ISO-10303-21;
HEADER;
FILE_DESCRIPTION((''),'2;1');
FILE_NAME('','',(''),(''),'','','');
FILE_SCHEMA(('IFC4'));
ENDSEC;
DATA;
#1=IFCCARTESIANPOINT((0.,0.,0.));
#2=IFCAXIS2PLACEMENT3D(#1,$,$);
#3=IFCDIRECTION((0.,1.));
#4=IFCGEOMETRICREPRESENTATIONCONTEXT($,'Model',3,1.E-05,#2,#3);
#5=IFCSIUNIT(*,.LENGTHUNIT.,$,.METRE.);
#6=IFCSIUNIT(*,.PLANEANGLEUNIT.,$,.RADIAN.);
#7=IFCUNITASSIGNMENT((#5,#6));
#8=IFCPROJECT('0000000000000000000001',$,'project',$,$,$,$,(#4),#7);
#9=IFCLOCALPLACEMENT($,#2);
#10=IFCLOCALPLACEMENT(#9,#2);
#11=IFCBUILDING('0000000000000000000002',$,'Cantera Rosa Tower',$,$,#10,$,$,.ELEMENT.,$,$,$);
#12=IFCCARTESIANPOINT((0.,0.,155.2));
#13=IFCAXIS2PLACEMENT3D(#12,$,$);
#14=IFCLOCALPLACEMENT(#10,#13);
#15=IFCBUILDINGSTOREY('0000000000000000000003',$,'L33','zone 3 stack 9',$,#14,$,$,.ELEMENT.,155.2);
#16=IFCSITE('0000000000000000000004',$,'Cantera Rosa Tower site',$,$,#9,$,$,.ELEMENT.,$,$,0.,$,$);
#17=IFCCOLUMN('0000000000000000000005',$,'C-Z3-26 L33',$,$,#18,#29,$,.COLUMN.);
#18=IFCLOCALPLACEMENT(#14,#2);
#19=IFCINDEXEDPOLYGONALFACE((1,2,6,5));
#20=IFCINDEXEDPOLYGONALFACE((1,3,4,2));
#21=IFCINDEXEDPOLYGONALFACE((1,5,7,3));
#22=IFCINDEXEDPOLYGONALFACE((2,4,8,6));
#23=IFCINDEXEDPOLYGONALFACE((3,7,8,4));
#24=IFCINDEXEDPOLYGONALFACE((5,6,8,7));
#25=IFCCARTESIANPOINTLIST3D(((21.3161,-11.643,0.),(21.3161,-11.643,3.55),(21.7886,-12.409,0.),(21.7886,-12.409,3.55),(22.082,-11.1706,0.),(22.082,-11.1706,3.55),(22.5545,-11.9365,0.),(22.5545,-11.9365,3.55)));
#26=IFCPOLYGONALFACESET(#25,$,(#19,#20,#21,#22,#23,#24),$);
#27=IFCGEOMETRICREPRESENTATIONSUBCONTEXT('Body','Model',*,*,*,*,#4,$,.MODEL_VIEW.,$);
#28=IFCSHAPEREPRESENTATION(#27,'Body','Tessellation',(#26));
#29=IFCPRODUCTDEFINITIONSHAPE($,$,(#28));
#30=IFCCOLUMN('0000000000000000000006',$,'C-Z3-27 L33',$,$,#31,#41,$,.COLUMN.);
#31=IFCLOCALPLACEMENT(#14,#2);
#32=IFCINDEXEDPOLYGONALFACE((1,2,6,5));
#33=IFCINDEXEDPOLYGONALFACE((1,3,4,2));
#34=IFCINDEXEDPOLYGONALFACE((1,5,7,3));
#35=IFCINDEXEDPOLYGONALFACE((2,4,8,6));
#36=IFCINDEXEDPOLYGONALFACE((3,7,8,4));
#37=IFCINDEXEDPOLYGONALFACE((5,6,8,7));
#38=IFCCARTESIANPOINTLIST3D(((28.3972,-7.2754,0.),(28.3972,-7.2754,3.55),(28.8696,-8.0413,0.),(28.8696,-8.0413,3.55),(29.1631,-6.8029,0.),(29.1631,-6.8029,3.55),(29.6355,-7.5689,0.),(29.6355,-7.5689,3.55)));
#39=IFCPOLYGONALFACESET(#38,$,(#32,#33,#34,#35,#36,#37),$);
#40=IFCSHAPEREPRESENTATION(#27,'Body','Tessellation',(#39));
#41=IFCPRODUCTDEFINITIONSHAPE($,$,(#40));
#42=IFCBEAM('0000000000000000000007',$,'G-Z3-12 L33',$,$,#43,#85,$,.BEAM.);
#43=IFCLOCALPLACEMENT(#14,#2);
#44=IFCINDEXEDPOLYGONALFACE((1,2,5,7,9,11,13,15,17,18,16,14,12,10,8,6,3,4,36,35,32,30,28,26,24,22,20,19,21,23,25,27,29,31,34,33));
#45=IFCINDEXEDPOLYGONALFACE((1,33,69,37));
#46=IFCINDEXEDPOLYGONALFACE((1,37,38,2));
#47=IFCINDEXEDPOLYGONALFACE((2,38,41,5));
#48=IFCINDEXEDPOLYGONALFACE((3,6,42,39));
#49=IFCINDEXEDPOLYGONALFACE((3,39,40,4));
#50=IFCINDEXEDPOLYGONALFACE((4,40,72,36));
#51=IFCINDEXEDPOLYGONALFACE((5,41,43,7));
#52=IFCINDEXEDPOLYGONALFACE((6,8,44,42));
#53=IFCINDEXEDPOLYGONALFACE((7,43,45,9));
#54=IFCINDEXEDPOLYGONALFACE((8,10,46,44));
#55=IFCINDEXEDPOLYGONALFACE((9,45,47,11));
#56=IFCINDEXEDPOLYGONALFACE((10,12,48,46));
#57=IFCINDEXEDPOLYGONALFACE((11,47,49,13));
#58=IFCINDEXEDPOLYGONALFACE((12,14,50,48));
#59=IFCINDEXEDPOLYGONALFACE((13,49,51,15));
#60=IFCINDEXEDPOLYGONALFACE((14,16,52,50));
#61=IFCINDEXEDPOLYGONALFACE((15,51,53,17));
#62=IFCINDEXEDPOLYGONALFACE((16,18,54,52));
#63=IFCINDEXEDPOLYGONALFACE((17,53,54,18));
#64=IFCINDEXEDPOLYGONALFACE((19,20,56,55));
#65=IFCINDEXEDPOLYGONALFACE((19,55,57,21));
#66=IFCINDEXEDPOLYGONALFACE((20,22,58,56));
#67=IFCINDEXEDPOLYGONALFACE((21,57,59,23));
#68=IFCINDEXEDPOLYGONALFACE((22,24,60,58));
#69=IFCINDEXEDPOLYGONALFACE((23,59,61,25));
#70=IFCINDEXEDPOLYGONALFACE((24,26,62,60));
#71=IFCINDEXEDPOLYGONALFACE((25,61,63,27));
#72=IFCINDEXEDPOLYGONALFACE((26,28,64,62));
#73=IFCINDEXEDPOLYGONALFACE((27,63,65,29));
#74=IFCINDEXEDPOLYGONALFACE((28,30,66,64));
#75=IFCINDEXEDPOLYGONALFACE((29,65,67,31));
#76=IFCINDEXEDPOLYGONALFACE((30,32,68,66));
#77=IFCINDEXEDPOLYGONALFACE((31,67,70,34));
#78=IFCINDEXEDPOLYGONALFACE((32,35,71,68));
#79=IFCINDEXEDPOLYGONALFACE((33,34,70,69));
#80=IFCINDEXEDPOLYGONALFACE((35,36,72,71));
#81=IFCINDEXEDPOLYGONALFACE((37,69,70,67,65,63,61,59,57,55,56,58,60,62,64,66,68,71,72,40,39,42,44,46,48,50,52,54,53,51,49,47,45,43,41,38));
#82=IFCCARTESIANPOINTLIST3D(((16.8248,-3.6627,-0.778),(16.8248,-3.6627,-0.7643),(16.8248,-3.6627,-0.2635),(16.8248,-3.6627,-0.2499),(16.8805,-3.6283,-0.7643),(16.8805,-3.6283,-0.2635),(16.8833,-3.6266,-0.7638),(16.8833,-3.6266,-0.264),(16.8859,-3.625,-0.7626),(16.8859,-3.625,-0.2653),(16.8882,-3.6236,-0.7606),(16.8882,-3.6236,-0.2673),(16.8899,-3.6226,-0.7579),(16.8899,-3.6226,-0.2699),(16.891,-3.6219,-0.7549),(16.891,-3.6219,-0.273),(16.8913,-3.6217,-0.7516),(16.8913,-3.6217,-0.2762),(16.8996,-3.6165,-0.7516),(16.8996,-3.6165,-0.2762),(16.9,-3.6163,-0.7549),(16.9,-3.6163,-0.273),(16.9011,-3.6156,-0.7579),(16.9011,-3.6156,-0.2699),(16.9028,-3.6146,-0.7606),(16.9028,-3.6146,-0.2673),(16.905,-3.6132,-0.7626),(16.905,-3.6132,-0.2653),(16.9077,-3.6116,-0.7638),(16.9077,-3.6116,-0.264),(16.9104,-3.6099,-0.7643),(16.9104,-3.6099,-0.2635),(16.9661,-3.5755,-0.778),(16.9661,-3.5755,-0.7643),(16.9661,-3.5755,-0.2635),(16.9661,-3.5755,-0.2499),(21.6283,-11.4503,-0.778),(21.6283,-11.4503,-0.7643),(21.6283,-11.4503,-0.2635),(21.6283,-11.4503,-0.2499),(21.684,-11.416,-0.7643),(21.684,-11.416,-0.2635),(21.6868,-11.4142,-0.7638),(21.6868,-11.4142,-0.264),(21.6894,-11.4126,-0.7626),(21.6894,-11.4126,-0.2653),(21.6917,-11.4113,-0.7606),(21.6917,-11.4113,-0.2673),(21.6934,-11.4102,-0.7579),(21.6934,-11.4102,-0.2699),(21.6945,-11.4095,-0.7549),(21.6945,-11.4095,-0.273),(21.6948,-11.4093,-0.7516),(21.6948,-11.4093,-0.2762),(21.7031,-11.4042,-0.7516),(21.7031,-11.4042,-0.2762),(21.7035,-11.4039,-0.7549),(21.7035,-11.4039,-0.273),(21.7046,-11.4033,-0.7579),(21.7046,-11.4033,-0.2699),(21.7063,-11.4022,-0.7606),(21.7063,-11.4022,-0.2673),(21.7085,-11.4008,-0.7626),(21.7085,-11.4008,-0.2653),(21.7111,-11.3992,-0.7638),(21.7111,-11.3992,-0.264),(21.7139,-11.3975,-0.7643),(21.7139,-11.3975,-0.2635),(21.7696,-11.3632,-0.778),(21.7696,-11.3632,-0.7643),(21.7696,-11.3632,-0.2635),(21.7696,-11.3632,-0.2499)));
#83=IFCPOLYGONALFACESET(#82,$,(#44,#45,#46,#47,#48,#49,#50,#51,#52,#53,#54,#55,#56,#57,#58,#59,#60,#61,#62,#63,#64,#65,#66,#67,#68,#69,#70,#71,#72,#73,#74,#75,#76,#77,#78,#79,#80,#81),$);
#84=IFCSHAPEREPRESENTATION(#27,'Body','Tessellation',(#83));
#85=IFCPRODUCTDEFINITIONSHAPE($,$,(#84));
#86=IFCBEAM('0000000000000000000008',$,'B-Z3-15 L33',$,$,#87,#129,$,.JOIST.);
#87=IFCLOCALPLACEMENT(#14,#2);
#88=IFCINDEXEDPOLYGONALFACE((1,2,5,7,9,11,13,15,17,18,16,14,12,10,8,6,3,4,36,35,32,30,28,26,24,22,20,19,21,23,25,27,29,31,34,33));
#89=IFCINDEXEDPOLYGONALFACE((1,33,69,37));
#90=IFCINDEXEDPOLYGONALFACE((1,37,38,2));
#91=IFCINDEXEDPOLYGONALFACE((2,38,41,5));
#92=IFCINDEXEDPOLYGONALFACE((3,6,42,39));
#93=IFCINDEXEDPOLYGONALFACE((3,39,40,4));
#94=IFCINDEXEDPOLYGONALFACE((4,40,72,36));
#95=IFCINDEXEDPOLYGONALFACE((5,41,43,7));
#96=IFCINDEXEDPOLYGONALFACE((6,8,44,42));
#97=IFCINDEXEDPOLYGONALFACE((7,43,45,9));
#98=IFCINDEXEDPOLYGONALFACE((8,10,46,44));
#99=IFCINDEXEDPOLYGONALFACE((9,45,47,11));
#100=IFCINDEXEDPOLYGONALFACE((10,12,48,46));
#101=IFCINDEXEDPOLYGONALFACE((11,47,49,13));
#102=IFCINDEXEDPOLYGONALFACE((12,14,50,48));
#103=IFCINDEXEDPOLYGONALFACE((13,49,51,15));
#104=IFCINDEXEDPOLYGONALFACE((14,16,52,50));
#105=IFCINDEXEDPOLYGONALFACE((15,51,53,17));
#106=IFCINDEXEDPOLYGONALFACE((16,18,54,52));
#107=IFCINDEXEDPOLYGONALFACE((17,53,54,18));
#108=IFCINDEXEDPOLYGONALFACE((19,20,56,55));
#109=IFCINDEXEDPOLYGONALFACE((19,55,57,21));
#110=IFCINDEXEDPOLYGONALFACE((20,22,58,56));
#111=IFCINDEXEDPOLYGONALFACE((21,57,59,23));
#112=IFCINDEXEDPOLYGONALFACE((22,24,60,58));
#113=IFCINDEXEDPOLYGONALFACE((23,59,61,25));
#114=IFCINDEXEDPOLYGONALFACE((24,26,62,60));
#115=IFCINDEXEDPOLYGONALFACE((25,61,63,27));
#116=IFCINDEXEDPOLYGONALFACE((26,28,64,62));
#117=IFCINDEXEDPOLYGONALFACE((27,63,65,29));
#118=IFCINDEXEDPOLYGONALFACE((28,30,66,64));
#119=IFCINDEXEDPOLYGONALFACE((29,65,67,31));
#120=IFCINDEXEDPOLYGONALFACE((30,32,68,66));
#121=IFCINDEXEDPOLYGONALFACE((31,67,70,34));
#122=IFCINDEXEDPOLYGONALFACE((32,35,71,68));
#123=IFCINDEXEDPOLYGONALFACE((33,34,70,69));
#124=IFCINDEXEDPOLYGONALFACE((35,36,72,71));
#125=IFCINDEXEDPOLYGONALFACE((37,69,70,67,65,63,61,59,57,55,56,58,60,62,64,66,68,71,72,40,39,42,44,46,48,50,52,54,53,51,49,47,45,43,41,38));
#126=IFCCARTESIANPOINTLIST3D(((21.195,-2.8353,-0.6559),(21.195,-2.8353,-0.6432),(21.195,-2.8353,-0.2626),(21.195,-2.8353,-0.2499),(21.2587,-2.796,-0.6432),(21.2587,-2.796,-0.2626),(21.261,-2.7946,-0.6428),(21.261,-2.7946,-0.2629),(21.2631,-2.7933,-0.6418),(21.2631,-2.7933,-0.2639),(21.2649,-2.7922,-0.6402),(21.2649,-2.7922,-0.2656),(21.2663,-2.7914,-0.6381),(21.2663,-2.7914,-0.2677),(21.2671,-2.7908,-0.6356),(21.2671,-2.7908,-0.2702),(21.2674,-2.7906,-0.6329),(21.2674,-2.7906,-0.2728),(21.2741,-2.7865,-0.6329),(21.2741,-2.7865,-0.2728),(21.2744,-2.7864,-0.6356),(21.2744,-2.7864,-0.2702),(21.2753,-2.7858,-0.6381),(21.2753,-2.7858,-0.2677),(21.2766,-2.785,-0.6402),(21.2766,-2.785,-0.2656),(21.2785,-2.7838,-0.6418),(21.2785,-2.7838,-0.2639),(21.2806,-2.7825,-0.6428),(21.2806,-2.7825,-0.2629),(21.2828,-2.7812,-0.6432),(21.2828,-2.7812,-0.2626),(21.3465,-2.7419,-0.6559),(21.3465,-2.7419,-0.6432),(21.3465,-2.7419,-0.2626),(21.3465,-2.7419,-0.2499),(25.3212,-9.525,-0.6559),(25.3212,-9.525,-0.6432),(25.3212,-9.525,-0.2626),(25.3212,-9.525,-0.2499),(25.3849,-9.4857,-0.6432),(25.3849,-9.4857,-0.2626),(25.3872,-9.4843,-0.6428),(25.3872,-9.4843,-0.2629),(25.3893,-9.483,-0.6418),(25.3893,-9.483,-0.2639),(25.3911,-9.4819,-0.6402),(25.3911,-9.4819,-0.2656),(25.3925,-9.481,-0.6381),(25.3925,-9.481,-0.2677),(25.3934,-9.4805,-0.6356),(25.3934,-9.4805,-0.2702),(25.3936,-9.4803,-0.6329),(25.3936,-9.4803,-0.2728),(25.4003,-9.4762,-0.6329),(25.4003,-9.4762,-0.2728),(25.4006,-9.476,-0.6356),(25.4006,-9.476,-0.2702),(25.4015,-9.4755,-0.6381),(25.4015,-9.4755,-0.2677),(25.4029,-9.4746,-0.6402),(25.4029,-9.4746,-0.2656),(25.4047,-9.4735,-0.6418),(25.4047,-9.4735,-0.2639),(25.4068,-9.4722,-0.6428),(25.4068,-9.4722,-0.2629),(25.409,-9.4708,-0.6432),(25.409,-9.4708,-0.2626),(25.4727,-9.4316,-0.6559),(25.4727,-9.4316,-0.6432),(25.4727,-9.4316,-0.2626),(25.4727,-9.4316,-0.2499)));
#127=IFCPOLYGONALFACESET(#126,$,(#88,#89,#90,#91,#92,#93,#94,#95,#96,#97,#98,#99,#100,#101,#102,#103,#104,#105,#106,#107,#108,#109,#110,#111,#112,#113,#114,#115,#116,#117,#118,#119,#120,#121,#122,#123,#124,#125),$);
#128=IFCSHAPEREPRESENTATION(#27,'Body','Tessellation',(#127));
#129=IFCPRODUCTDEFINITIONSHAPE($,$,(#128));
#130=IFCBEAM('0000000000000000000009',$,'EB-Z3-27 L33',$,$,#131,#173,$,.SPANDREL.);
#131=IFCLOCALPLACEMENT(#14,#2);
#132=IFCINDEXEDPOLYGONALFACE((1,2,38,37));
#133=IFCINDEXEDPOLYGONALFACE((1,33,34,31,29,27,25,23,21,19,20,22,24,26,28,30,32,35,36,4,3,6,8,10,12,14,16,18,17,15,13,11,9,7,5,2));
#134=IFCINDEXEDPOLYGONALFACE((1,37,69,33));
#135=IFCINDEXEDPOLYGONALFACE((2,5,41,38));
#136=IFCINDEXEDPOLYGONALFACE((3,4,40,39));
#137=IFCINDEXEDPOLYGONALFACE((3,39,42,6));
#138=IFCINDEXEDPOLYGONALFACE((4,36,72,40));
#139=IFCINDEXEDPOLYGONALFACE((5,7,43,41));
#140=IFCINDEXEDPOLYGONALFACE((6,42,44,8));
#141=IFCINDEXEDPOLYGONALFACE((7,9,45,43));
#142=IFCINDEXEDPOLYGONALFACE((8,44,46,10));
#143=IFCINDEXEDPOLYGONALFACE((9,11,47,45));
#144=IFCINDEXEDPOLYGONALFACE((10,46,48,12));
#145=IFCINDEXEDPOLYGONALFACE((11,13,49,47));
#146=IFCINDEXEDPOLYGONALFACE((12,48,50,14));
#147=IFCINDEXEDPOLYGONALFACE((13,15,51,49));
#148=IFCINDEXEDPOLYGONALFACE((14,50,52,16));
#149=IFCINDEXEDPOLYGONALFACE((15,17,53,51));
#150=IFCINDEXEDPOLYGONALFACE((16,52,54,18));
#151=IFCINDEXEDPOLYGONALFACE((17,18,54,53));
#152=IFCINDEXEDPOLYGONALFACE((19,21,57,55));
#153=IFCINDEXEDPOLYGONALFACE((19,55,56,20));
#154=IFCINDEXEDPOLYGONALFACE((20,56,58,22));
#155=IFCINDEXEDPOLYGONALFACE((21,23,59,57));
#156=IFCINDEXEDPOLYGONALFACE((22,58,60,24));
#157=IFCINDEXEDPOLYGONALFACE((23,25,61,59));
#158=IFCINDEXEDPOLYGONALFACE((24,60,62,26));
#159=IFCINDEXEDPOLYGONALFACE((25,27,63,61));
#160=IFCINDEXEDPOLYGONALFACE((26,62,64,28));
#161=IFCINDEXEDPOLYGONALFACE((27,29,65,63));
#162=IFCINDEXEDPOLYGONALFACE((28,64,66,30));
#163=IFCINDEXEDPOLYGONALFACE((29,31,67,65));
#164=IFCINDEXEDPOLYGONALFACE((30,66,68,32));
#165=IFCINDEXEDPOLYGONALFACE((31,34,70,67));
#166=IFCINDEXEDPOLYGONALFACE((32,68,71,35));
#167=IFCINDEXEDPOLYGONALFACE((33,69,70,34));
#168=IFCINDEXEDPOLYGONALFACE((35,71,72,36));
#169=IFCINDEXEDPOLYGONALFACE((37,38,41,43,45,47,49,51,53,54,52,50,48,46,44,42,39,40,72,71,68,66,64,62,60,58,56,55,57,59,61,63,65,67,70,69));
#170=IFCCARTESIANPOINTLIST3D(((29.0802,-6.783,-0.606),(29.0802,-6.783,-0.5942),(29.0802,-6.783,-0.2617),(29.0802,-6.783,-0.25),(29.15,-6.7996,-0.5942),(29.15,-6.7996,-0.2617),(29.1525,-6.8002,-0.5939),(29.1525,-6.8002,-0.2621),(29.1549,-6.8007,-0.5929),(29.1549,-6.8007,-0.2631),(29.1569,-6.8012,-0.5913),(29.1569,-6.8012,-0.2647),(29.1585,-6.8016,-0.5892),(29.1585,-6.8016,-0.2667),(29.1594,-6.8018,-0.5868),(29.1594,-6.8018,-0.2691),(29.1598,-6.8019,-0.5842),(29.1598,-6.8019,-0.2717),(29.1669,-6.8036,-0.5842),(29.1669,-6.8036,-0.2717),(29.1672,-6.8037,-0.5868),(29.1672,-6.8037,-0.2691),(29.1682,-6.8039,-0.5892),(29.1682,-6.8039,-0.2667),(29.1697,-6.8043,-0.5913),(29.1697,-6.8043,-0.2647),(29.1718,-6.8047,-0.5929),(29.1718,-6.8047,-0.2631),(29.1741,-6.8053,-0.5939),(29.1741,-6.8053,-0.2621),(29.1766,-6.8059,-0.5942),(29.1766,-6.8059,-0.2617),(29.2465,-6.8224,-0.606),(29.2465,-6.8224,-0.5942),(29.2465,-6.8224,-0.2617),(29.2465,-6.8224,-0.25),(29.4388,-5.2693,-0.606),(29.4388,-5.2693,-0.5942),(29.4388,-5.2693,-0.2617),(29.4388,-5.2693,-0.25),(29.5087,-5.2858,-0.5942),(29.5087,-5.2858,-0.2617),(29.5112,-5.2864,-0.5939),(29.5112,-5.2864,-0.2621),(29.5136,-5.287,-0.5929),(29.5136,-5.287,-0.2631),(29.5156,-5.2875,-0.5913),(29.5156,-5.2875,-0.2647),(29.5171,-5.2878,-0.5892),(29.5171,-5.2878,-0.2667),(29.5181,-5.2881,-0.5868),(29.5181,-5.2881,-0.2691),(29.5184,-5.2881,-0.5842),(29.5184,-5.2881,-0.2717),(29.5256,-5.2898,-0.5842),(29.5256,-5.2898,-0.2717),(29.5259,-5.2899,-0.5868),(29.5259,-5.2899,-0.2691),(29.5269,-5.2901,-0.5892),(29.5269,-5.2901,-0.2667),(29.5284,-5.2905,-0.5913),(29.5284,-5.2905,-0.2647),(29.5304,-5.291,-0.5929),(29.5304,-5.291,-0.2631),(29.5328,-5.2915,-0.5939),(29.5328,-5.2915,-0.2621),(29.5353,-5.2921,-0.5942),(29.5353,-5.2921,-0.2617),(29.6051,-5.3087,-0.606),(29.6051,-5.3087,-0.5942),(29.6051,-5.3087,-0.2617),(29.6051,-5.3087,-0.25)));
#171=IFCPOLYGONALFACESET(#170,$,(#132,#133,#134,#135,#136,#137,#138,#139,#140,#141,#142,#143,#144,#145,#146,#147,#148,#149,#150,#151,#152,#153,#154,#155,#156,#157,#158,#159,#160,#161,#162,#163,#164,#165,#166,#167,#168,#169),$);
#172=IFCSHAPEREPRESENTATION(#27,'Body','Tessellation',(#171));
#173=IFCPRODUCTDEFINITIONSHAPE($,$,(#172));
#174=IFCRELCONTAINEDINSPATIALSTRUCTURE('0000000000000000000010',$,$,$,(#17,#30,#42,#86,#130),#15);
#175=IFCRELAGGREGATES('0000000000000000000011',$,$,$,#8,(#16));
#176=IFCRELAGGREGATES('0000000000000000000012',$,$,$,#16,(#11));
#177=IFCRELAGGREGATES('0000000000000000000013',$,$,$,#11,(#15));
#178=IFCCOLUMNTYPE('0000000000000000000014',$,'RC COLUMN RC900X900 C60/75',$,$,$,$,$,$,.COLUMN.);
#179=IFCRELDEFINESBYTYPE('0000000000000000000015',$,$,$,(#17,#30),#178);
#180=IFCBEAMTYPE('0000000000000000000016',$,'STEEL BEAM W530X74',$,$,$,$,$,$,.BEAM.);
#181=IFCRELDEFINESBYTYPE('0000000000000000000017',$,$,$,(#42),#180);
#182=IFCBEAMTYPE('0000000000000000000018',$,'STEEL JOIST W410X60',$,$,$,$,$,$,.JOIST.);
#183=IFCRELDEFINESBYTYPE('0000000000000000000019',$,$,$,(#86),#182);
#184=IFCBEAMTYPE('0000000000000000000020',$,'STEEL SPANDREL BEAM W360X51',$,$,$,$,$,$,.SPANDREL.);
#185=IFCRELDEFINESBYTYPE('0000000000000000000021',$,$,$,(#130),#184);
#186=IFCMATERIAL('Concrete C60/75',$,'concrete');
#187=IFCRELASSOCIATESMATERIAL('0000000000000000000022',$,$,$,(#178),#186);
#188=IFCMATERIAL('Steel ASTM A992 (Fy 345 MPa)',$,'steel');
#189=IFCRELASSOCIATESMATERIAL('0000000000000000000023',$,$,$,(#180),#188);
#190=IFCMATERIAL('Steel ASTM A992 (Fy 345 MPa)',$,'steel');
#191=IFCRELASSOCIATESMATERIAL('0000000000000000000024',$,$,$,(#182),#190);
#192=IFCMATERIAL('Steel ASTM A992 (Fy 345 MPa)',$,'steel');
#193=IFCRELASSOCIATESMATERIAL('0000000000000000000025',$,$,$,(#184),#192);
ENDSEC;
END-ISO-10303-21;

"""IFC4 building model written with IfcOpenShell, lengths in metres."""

from ifc_helpers import new_model, si_unit, direction, frame, origin, origin_2d, place, context, subcontext, project, spatial, rectangle, i_section, extrude, material, material_profile, profile_set, type_object, element, save


model = new_model("IFC4")

# Units and contexts
model_context = context("Model", 3, precision=1e-05, world=origin(), true_north=direction((0.0, 1.0)))
body_context = subcontext(model_context, "Body", "Model", "MODEL_VIEW")
ifc_project = project(units=[si_unit("LENGTHUNIT", "METRE"), si_unit("PLANEANGLEUNIT", "RADIAN")], contexts=[model_context])

# Site, building, storey
site_placement = place(None, origin())
site = spatial("IfcSite", under=ifc_project, at=site_placement, Name="Cantera Rosa Tower site", CompositionType="ELEMENT", RefElevation=0.0)
building_placement = place(site_placement, origin())
building = spatial("IfcBuilding", under=site, at=building_placement, Name="Cantera Rosa Tower", CompositionType="ELEMENT")
storey_placement = place(building_placement, frame((0.0, 0.0, 155.2)))
storey = spatial("IfcBuildingStorey", under=building, at=storey_placement, Name="L33", Description="zone 3 stack 9", CompositionType="ELEMENT", Elevation=155.2)

# Columns
ifc_material_1 = material(Name="Concrete C60/75", Category="concrete")
ifc_material_profile_1 = material_profile(ifc_material_1, rectangle(XDim=0.8999, YDim=0.8999, at=origin_2d()), Name="RC COLUMN RC900X900 C60/75")
ifc_profile_set_1 = profile_set([ifc_material_profile_1], Name="Concrete C60/75")
column_type = type_object("IfcColumnType", Name="RC COLUMN RC900X900 C60/75", PredefinedType="COLUMN", material=ifc_profile_set_1)
for number, where, z_axis, x_axis, name in (
    (1, (21.9353, -11.7898, 0.0), (0.0, 0.0, 1.0), (0.851117, 0.524977, 0.0), "C-Z3-26 L33"),
    (2, (29.0164, -7.4221, 0.0), (0.0, 0.0, 1.0), (0.851117, 0.524977, 0.0), "C-Z3-27 L33"),
):
    element("IfcColumn", number, at=place(storey_placement, frame(where, z_axis=z_axis, x_axis=x_axis)), inside=storey, type_object=column_type, Name=name, PredefinedType="COLUMN", context=body_context, shape_type="SweptSolid", body=[
        extrude(rectangle(XDim=0.8999, YDim=0.8999, at=origin_2d()), origin(), (0.0, 0.0, 1.0), 3.55),
    ])

# Beams
ifc_material_2 = material(Name="Steel ASTM A992 (Fy 345 MPa)", Category="steel")
ifc_material_profile_2 = material_profile(ifc_material_2, i_section(OverallWidth=0.166, OverallDepth=0.5281, WebThickness=0.0098, FlangeThickness=0.0137, FilletRadius=0.0127, at=origin_2d()), Name="W530X74")
ifc_profile_set_2 = profile_set([ifc_material_profile_2], Name="Steel ASTM A992 (Fy 345 MPa)")
beam_type_1 = type_object("IfcBeamType", Name="STEEL BEAM W530X74", PredefinedType="BEAM", material=ifc_profile_set_2)
beam_1_placement = place(storey_placement, frame((21.699, -11.4067, -0.5139), z_axis=(-0.524977, 0.851116, 0.0), x_axis=(-0.851116, -0.524977, 0.0)))
element("IfcBeam", 3, at=beam_1_placement, inside=storey, type_object=beam_type_1, Name="G-Z3-12 L33", PredefinedType="BEAM", context=body_context, shape_type="SweptSolid", body=[
    extrude(i_section(OverallWidth=0.166, OverallDepth=0.5281, WebThickness=0.0098, FlangeThickness=0.0137, FilletRadius=0.0127, at=origin_2d()), origin(), (0.0, 0.0, 1.0), 9.1499),
])
ifc_material_3 = material(Name="Steel ASTM A992 (Fy 345 MPa)", Category="steel")
ifc_material_profile_3 = material_profile(ifc_material_3, i_section(OverallWidth=0.178, OverallDepth=0.406, WebThickness=0.0078, FlangeThickness=0.0127, FilletRadius=0.0103, at=origin_2d()), Name="W410X60")
ifc_profile_set_3 = profile_set([ifc_material_profile_3], Name="Steel ASTM A992 (Fy 345 MPa)")
beam_type_2 = type_object("IfcBeamType", Name="STEEL JOIST W410X60", PredefinedType="JOIST", material=ifc_profile_set_3)
beam_2_placement = place(storey_placement, frame((25.397, -9.4783, -0.4529), z_axis=(-0.524972, 0.851119, 0.0), x_axis=(-0.851119, -0.524972, 0.0)))
element("IfcBeam", 4, at=beam_2_placement, inside=storey, type_object=beam_type_2, Name="B-Z3-15 L33", PredefinedType="JOIST", context=body_context, shape_type="SweptSolid", body=[
    extrude(i_section(OverallWidth=0.178, OverallDepth=0.406, WebThickness=0.0078, FlangeThickness=0.0127, FilletRadius=0.0103, at=origin_2d()), origin(), (0.0, 0.0, 1.0), 7.8599),
])
ifc_material_4 = material(Name="Steel ASTM A992 (Fy 345 MPa)", Category="steel")
ifc_material_profile_4 = material_profile(ifc_material_4, i_section(OverallWidth=0.1709, OverallDepth=0.356, WebThickness=0.0073, FlangeThickness=0.0117, FilletRadius=0.01, at=origin_2d()), Name="W360X51")
ifc_profile_set_4 = profile_set([ifc_material_profile_4], Name="Steel ASTM A992 (Fy 345 MPa)")
beam_type_3 = type_object("IfcBeamType", Name="STEEL SPANDREL BEAM W360X51", PredefinedType="SPANDREL", material=ifc_profile_set_4)
beam_3_placement = place(storey_placement, frame((29.1633, -6.8027, -0.428), z_axis=(0.230552, 0.97306, 0.0), x_axis=(-0.97306, 0.230552, 0.0)))
element("IfcBeam", 5, at=beam_3_placement, inside=storey, type_object=beam_type_3, Name="EB-Z3-27 L33", PredefinedType="SPANDREL", context=body_context, shape_type="SweptSolid", body=[
    extrude(i_section(OverallWidth=0.1709, OverallDepth=0.356, WebThickness=0.0073, FlangeThickness=0.0117, FilletRadius=0.01, at=origin_2d()), origin(), (0.0, 0.0, 1.0), 1.5557),
])

save(model, "model.ifc")
